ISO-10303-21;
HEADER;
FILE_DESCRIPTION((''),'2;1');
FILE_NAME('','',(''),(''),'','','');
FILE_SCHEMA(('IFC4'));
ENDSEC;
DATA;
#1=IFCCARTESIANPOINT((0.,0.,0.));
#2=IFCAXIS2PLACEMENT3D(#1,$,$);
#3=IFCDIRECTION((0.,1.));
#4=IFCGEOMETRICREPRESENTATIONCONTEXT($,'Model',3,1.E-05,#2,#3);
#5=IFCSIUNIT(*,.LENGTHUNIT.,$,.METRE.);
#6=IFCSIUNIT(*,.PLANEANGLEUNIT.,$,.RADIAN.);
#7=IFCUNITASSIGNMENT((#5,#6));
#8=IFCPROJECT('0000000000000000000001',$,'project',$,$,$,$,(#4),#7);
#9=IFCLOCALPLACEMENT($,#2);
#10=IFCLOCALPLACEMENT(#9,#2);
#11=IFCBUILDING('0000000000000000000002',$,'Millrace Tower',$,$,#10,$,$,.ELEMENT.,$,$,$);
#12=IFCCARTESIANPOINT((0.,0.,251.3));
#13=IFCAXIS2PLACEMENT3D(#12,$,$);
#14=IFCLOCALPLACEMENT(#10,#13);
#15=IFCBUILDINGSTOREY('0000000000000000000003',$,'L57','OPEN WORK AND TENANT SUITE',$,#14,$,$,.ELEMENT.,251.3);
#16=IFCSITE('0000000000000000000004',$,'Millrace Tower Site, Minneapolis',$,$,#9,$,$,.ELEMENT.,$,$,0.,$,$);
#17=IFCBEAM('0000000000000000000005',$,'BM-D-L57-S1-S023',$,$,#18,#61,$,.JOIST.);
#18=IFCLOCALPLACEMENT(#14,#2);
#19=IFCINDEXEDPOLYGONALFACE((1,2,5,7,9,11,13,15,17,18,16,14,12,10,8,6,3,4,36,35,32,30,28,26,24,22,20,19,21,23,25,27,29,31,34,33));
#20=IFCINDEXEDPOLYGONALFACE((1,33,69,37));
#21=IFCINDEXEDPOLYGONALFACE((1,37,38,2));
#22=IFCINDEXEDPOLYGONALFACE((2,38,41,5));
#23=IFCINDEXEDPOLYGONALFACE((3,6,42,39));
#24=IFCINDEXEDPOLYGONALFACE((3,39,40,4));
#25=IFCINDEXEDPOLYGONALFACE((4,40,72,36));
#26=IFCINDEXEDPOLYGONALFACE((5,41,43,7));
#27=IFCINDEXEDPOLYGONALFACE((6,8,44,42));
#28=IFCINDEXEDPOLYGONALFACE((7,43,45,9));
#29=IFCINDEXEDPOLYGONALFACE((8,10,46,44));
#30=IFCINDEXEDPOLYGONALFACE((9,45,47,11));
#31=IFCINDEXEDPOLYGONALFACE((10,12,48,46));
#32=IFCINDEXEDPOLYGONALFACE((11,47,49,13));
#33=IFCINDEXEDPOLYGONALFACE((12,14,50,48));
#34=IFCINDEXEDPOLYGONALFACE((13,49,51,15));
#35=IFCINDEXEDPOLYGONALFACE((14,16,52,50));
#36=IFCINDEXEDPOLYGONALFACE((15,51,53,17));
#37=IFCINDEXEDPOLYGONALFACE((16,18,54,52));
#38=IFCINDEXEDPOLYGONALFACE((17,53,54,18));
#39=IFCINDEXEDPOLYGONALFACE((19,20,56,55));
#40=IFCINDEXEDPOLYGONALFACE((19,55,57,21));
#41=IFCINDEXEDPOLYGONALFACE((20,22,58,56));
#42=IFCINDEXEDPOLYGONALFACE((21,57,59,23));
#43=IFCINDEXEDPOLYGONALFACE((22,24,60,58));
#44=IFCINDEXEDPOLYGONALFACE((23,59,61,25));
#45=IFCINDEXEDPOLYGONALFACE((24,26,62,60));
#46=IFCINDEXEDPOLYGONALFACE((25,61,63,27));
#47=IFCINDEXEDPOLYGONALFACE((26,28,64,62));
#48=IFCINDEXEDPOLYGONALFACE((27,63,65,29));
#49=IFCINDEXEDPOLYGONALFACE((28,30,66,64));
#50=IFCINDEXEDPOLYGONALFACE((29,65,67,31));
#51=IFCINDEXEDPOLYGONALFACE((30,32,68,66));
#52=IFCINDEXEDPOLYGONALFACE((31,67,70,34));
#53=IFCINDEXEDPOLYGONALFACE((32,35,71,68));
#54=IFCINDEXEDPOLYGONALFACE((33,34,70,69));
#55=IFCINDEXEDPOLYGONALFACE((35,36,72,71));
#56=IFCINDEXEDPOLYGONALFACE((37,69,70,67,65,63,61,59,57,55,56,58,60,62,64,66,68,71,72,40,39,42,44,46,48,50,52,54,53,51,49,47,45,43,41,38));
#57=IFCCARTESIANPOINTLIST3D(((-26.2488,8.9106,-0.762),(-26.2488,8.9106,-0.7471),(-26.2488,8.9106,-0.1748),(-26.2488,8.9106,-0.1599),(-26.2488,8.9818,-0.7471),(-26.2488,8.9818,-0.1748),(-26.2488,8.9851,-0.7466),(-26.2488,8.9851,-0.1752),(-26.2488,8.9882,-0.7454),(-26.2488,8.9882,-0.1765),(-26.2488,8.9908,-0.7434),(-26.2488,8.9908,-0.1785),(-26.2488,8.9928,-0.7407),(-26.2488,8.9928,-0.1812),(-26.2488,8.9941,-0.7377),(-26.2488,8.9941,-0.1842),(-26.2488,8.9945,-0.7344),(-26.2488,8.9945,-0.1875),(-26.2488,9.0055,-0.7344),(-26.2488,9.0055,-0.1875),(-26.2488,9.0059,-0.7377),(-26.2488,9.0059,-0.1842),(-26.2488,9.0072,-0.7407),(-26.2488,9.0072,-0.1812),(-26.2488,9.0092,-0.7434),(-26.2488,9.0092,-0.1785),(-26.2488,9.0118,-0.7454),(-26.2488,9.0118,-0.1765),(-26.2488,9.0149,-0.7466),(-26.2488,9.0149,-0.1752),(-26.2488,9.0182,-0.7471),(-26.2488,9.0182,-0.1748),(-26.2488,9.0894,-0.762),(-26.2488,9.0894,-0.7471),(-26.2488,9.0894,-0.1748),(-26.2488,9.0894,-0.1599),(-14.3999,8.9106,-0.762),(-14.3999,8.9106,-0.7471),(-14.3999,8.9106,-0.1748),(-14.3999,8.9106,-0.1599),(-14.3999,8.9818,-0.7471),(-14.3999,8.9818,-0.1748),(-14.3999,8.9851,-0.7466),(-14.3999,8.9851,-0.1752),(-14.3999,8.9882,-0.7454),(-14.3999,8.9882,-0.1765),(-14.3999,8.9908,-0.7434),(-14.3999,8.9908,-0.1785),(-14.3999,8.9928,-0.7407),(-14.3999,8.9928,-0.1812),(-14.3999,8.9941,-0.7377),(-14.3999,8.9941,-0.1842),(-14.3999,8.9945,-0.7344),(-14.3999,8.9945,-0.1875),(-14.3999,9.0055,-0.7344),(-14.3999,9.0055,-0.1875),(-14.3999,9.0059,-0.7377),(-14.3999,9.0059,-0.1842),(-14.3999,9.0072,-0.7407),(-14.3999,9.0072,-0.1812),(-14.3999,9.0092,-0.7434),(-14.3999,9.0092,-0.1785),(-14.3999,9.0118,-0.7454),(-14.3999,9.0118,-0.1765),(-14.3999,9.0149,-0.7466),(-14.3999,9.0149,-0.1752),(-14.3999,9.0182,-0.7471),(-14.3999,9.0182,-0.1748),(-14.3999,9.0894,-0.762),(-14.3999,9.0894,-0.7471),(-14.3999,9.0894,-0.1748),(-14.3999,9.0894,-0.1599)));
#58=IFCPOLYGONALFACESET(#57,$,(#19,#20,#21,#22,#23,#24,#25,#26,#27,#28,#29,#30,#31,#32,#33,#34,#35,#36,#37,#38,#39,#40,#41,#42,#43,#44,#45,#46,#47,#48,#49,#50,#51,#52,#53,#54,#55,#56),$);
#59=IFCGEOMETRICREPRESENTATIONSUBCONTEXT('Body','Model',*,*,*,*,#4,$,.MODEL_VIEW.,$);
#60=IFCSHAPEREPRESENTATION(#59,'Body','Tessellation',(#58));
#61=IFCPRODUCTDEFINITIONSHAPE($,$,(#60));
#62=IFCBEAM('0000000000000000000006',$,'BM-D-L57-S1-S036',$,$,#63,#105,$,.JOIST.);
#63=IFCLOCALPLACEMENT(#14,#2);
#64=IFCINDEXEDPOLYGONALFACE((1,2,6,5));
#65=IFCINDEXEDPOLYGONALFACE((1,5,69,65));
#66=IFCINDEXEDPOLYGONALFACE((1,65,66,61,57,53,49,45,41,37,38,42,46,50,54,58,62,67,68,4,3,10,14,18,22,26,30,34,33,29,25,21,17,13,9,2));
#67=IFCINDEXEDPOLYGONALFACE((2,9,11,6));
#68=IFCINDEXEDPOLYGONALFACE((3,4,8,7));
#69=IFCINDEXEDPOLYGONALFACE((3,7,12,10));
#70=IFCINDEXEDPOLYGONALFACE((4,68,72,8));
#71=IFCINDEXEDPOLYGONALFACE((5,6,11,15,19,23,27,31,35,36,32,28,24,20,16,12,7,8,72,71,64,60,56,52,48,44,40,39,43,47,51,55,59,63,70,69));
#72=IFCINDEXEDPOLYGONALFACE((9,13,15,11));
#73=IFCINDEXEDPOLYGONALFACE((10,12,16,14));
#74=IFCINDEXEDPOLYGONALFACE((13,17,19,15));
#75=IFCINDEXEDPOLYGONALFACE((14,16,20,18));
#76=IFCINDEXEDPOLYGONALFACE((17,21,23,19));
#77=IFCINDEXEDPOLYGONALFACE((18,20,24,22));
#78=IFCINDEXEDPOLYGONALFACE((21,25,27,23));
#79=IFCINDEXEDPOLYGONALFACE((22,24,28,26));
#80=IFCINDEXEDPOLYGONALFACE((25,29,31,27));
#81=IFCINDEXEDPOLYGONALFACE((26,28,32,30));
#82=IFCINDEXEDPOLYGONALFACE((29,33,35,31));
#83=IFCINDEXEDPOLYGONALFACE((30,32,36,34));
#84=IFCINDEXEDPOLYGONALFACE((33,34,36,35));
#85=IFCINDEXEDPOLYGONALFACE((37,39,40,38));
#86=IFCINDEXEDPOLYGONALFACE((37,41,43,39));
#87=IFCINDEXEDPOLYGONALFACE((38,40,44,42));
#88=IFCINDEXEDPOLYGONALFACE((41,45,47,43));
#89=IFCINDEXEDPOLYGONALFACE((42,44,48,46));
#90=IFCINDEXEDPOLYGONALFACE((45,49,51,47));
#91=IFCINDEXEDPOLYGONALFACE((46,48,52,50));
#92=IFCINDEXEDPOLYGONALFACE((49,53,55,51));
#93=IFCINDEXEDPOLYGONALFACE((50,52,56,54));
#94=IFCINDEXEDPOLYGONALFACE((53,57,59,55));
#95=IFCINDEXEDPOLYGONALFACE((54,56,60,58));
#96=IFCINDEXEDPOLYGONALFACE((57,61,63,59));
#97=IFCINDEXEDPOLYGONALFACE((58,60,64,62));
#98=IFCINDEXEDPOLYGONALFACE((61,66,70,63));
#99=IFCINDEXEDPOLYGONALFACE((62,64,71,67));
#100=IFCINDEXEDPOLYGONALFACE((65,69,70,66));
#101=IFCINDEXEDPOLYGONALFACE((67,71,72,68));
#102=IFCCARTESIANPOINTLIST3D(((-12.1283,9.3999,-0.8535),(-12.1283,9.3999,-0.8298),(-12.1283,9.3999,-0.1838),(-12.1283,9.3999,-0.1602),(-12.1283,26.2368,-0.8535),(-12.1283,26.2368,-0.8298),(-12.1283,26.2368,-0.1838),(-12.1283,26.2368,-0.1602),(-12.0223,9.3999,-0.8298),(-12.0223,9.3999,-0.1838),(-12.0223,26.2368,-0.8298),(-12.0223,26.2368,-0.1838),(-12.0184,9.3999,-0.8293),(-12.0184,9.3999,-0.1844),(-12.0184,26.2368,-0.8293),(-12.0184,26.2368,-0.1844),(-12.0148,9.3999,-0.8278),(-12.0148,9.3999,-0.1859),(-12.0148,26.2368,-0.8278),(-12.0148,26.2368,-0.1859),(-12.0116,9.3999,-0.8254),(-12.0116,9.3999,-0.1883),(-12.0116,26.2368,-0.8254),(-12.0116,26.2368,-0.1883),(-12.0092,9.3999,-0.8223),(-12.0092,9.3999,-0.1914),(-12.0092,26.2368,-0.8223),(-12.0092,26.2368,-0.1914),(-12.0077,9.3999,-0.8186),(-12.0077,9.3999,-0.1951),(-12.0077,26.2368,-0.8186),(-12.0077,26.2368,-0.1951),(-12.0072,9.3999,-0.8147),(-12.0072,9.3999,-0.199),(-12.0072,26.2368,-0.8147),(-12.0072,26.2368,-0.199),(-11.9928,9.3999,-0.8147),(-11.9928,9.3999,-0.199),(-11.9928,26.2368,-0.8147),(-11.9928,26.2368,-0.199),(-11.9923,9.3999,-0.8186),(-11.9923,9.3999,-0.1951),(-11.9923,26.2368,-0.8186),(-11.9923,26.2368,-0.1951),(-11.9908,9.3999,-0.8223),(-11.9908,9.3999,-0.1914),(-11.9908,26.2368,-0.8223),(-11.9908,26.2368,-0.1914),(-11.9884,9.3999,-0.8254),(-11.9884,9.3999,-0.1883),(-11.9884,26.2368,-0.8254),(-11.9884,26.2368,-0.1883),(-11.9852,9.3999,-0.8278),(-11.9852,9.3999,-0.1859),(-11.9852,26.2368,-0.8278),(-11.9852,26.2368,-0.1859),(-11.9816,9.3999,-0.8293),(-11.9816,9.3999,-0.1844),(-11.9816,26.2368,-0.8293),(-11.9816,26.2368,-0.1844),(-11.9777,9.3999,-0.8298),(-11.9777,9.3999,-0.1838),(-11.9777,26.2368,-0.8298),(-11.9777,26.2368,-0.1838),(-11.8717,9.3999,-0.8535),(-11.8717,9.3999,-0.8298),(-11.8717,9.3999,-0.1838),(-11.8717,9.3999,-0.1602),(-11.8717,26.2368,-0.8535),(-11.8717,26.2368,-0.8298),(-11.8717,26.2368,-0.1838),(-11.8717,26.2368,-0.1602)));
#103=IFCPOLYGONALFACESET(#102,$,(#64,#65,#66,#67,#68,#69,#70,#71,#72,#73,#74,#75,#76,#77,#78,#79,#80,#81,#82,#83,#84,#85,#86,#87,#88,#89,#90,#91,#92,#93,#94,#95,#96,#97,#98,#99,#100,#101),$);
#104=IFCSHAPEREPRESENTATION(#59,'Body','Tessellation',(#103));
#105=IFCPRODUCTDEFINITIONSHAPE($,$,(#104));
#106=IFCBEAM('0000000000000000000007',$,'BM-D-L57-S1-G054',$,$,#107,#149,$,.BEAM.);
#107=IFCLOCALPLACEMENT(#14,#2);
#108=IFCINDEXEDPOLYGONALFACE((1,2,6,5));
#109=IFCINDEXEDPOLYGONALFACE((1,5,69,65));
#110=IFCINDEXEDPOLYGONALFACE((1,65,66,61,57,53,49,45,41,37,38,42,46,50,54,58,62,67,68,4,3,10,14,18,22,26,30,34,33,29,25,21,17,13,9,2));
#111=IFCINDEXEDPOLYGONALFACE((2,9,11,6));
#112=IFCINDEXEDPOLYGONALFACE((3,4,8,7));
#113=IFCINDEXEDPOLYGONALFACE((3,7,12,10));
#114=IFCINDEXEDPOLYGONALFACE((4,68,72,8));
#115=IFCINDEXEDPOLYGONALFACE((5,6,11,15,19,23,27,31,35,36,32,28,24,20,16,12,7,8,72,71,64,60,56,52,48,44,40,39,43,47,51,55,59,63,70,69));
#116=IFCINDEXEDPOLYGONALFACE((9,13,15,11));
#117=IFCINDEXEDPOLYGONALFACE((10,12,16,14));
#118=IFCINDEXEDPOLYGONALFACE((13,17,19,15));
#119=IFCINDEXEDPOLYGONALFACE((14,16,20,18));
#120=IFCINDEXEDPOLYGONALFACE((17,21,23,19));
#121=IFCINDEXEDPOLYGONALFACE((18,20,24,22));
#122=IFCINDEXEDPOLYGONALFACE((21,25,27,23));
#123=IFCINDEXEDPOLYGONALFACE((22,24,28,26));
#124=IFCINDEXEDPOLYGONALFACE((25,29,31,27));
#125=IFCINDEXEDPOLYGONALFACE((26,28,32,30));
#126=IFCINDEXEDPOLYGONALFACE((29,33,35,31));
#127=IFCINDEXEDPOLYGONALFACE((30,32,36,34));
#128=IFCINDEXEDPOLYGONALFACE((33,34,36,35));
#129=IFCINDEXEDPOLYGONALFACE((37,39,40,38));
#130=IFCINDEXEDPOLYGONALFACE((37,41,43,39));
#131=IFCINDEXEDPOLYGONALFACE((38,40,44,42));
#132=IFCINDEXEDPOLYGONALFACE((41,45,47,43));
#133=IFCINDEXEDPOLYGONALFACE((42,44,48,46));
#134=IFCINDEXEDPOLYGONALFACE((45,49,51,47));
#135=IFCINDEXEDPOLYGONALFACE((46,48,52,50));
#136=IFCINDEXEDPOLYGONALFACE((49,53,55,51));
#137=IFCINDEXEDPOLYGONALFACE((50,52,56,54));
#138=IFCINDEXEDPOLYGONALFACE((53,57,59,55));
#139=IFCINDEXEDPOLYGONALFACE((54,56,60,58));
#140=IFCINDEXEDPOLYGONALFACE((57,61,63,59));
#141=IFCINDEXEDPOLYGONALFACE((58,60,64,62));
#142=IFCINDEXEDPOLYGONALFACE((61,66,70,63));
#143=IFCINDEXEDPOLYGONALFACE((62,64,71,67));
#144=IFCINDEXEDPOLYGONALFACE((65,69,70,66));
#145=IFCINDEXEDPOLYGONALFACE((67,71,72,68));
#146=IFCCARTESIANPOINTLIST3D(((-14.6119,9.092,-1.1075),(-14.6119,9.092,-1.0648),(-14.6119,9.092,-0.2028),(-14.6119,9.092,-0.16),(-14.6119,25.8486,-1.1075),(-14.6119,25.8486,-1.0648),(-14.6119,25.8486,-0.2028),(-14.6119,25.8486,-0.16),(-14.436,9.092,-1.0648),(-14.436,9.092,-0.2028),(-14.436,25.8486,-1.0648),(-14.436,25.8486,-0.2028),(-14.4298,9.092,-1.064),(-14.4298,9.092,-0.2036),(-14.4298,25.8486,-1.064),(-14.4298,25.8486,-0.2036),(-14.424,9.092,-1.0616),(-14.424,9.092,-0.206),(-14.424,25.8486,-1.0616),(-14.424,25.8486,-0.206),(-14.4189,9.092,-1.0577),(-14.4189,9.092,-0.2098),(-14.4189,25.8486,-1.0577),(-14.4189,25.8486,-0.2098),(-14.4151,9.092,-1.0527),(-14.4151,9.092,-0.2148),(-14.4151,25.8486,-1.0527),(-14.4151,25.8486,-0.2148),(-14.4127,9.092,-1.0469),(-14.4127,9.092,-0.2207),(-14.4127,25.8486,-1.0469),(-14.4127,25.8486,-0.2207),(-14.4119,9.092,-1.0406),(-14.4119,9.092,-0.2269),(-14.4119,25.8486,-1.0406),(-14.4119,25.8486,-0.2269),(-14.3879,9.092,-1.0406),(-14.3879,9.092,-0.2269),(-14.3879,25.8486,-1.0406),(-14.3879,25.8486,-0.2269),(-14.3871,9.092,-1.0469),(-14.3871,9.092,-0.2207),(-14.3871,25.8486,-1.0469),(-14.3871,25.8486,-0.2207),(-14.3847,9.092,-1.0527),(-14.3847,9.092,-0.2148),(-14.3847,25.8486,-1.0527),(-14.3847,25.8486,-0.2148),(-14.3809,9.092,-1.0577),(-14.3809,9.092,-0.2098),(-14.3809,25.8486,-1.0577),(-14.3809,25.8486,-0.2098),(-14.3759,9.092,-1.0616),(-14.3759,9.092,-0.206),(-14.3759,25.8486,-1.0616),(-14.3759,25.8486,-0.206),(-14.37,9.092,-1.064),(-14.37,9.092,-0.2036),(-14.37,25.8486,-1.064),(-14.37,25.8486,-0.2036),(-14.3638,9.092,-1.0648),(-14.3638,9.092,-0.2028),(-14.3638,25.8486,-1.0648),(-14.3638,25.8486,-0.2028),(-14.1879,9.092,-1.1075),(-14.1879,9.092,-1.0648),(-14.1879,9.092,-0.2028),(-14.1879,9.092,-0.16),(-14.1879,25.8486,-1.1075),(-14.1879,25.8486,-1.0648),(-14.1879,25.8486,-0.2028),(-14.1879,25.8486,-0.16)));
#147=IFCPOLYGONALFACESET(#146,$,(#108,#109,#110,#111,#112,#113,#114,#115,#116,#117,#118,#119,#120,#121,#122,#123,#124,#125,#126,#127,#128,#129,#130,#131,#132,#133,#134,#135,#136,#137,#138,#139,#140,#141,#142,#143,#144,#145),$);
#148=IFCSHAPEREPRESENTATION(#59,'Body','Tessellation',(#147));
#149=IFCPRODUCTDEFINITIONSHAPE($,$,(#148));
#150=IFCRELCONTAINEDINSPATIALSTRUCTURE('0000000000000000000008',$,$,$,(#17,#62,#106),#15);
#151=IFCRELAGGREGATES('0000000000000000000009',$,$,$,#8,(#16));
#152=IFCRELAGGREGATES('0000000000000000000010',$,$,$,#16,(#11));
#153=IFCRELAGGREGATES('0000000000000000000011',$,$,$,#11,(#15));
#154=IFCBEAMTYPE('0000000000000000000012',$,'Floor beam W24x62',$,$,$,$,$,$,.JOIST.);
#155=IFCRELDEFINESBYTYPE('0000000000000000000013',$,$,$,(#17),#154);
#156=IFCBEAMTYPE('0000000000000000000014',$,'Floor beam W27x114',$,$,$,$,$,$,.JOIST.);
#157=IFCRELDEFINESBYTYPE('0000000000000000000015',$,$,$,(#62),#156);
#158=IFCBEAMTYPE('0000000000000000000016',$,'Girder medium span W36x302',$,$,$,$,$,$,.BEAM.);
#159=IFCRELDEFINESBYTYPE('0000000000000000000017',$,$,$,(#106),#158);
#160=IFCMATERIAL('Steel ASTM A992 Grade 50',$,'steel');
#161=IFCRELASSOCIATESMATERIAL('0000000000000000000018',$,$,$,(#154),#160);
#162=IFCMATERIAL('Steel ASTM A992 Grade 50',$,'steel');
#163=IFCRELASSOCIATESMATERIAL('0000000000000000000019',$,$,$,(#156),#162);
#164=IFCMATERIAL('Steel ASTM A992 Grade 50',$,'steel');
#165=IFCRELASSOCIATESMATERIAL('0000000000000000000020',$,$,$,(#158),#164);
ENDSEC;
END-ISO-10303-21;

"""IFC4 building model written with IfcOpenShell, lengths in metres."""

from ifc_helpers import new_model, si_unit, direction, frame, origin, origin_2d, place, context, subcontext, project, spatial, i_section, extrude, material, material_profile, profile_set, type_object, element, save


model = new_model("IFC4")

# Units and contexts
model_context = context("Model", 3, precision=1e-05, world=origin(), true_north=direction((0.0, 1.0)))
body_context = subcontext(model_context, "Body", "Model", "MODEL_VIEW")
ifc_project = project(units=[si_unit("LENGTHUNIT", "METRE"), si_unit("PLANEANGLEUNIT", "RADIAN")], contexts=[model_context])

# Site, building, storey
site_placement = place(None, origin())
site = spatial("IfcSite", under=ifc_project, at=site_placement, Name="Millrace Tower Site, Minneapolis", CompositionType="ELEMENT", RefElevation=0.0)
building_placement = place(site_placement, origin())
building = spatial("IfcBuilding", under=site, at=building_placement, Name="Millrace Tower", CompositionType="ELEMENT")
storey_placement = place(building_placement, frame((0.0, 0.0, 251.3)))
storey = spatial("IfcBuildingStorey", under=building, at=storey_placement, Name="L57", Description="OPEN WORK AND TENANT SUITE", CompositionType="ELEMENT", Elevation=251.3)

# Beams
ifc_material_1 = material(Name="Steel ASTM A992 Grade 50", Category="steel")
ifc_material_profile_1 = material_profile(ifc_material_1, i_section(OverallWidth=0.1787, OverallDepth=0.6021, WebThickness=0.011, FlangeThickness=0.0149, FilletRadius=0.0127, at=origin_2d()))
ifc_profile_set_1 = profile_set([ifc_material_profile_1], Name="Steel ASTM A992 Grade 50")
beam_type_1 = type_object("IfcBeamType", Name="Floor beam W24x62", PredefinedType="JOIST", material=ifc_profile_set_1)
beam_1_placement = place(storey_placement, frame((-26.2488, 9.0, -0.4609), z_axis=(1.0, 0.0, 0.0), x_axis=(0.0, 1.0, 0.0)))
element("IfcBeam", 1, at=beam_1_placement, inside=storey, type_object=beam_type_1, Name="BM-D-L57-S1-S023", PredefinedType="JOIST", context=body_context, shape_type="SweptSolid", body=[
    extrude(i_section(OverallWidth=0.1787, OverallDepth=0.6021, WebThickness=0.011, FlangeThickness=0.0149, FilletRadius=0.0127, at=origin_2d()), origin(), (0.0, 0.0, 1.0), 11.8489),
])
ifc_material_2 = material(Name="Steel ASTM A992 Grade 50", Category="steel")
ifc_material_profile_2 = material_profile(ifc_material_2, i_section(OverallWidth=0.2566, OverallDepth=0.6934, WebThickness=0.0144, FlangeThickness=0.0237, FilletRadius=0.0151, at=origin_2d()))
ifc_profile_set_2 = profile_set([ifc_material_profile_2], Name="Steel ASTM A992 Grade 50")
beam_type_2 = type_object("IfcBeamType", Name="Floor beam W27x114", PredefinedType="JOIST", material=ifc_profile_set_2)
beam_2_placement = place(storey_placement, frame((-12.0, 9.3999, -0.5068), z_axis=(0.0, 1.0, 0.0), x_axis=(-1.0, 0.0, 0.0)))
element("IfcBeam", 2, at=beam_2_placement, inside=storey, type_object=beam_type_2, Name="BM-D-L57-S1-S036", PredefinedType="JOIST", context=body_context, shape_type="SweptSolid", body=[
    extrude(i_section(OverallWidth=0.2566, OverallDepth=0.6934, WebThickness=0.0144, FlangeThickness=0.0237, FilletRadius=0.0151, at=origin_2d()), origin(), (0.0, 0.0, 1.0), 16.8369),
])
ifc_material_3 = material(Name="Steel ASTM A992 Grade 50", Category="steel")
ifc_material_profile_3 = material_profile(ifc_material_3, i_section(OverallWidth=0.4241, OverallDepth=0.9475, WebThickness=0.0239, FlangeThickness=0.0427, FilletRadius=0.0242, at=origin_2d()))
ifc_profile_set_3 = profile_set([ifc_material_profile_3], Name="Steel ASTM A992 Grade 50")
beam_type_3 = type_object("IfcBeamType", Name="Girder medium span W36x302", PredefinedType="BEAM", material=ifc_profile_set_3)
beam_3_placement = place(storey_placement, frame((-14.3999, 9.092, -0.6338), z_axis=(0.0, 1.0, 0.0), x_axis=(-1.0, 0.0, 0.0)))
element("IfcBeam", 3, at=beam_3_placement, inside=storey, type_object=beam_type_3, Name="BM-D-L57-S1-G054", PredefinedType="BEAM", context=body_context, shape_type="SweptSolid", body=[
    extrude(i_section(OverallWidth=0.4241, OverallDepth=0.9475, WebThickness=0.0239, FlangeThickness=0.0427, FilletRadius=0.0242, at=origin_2d()), origin(), (0.0, 0.0, 1.0), 16.7566),
])

save(model, "model.ifc")
